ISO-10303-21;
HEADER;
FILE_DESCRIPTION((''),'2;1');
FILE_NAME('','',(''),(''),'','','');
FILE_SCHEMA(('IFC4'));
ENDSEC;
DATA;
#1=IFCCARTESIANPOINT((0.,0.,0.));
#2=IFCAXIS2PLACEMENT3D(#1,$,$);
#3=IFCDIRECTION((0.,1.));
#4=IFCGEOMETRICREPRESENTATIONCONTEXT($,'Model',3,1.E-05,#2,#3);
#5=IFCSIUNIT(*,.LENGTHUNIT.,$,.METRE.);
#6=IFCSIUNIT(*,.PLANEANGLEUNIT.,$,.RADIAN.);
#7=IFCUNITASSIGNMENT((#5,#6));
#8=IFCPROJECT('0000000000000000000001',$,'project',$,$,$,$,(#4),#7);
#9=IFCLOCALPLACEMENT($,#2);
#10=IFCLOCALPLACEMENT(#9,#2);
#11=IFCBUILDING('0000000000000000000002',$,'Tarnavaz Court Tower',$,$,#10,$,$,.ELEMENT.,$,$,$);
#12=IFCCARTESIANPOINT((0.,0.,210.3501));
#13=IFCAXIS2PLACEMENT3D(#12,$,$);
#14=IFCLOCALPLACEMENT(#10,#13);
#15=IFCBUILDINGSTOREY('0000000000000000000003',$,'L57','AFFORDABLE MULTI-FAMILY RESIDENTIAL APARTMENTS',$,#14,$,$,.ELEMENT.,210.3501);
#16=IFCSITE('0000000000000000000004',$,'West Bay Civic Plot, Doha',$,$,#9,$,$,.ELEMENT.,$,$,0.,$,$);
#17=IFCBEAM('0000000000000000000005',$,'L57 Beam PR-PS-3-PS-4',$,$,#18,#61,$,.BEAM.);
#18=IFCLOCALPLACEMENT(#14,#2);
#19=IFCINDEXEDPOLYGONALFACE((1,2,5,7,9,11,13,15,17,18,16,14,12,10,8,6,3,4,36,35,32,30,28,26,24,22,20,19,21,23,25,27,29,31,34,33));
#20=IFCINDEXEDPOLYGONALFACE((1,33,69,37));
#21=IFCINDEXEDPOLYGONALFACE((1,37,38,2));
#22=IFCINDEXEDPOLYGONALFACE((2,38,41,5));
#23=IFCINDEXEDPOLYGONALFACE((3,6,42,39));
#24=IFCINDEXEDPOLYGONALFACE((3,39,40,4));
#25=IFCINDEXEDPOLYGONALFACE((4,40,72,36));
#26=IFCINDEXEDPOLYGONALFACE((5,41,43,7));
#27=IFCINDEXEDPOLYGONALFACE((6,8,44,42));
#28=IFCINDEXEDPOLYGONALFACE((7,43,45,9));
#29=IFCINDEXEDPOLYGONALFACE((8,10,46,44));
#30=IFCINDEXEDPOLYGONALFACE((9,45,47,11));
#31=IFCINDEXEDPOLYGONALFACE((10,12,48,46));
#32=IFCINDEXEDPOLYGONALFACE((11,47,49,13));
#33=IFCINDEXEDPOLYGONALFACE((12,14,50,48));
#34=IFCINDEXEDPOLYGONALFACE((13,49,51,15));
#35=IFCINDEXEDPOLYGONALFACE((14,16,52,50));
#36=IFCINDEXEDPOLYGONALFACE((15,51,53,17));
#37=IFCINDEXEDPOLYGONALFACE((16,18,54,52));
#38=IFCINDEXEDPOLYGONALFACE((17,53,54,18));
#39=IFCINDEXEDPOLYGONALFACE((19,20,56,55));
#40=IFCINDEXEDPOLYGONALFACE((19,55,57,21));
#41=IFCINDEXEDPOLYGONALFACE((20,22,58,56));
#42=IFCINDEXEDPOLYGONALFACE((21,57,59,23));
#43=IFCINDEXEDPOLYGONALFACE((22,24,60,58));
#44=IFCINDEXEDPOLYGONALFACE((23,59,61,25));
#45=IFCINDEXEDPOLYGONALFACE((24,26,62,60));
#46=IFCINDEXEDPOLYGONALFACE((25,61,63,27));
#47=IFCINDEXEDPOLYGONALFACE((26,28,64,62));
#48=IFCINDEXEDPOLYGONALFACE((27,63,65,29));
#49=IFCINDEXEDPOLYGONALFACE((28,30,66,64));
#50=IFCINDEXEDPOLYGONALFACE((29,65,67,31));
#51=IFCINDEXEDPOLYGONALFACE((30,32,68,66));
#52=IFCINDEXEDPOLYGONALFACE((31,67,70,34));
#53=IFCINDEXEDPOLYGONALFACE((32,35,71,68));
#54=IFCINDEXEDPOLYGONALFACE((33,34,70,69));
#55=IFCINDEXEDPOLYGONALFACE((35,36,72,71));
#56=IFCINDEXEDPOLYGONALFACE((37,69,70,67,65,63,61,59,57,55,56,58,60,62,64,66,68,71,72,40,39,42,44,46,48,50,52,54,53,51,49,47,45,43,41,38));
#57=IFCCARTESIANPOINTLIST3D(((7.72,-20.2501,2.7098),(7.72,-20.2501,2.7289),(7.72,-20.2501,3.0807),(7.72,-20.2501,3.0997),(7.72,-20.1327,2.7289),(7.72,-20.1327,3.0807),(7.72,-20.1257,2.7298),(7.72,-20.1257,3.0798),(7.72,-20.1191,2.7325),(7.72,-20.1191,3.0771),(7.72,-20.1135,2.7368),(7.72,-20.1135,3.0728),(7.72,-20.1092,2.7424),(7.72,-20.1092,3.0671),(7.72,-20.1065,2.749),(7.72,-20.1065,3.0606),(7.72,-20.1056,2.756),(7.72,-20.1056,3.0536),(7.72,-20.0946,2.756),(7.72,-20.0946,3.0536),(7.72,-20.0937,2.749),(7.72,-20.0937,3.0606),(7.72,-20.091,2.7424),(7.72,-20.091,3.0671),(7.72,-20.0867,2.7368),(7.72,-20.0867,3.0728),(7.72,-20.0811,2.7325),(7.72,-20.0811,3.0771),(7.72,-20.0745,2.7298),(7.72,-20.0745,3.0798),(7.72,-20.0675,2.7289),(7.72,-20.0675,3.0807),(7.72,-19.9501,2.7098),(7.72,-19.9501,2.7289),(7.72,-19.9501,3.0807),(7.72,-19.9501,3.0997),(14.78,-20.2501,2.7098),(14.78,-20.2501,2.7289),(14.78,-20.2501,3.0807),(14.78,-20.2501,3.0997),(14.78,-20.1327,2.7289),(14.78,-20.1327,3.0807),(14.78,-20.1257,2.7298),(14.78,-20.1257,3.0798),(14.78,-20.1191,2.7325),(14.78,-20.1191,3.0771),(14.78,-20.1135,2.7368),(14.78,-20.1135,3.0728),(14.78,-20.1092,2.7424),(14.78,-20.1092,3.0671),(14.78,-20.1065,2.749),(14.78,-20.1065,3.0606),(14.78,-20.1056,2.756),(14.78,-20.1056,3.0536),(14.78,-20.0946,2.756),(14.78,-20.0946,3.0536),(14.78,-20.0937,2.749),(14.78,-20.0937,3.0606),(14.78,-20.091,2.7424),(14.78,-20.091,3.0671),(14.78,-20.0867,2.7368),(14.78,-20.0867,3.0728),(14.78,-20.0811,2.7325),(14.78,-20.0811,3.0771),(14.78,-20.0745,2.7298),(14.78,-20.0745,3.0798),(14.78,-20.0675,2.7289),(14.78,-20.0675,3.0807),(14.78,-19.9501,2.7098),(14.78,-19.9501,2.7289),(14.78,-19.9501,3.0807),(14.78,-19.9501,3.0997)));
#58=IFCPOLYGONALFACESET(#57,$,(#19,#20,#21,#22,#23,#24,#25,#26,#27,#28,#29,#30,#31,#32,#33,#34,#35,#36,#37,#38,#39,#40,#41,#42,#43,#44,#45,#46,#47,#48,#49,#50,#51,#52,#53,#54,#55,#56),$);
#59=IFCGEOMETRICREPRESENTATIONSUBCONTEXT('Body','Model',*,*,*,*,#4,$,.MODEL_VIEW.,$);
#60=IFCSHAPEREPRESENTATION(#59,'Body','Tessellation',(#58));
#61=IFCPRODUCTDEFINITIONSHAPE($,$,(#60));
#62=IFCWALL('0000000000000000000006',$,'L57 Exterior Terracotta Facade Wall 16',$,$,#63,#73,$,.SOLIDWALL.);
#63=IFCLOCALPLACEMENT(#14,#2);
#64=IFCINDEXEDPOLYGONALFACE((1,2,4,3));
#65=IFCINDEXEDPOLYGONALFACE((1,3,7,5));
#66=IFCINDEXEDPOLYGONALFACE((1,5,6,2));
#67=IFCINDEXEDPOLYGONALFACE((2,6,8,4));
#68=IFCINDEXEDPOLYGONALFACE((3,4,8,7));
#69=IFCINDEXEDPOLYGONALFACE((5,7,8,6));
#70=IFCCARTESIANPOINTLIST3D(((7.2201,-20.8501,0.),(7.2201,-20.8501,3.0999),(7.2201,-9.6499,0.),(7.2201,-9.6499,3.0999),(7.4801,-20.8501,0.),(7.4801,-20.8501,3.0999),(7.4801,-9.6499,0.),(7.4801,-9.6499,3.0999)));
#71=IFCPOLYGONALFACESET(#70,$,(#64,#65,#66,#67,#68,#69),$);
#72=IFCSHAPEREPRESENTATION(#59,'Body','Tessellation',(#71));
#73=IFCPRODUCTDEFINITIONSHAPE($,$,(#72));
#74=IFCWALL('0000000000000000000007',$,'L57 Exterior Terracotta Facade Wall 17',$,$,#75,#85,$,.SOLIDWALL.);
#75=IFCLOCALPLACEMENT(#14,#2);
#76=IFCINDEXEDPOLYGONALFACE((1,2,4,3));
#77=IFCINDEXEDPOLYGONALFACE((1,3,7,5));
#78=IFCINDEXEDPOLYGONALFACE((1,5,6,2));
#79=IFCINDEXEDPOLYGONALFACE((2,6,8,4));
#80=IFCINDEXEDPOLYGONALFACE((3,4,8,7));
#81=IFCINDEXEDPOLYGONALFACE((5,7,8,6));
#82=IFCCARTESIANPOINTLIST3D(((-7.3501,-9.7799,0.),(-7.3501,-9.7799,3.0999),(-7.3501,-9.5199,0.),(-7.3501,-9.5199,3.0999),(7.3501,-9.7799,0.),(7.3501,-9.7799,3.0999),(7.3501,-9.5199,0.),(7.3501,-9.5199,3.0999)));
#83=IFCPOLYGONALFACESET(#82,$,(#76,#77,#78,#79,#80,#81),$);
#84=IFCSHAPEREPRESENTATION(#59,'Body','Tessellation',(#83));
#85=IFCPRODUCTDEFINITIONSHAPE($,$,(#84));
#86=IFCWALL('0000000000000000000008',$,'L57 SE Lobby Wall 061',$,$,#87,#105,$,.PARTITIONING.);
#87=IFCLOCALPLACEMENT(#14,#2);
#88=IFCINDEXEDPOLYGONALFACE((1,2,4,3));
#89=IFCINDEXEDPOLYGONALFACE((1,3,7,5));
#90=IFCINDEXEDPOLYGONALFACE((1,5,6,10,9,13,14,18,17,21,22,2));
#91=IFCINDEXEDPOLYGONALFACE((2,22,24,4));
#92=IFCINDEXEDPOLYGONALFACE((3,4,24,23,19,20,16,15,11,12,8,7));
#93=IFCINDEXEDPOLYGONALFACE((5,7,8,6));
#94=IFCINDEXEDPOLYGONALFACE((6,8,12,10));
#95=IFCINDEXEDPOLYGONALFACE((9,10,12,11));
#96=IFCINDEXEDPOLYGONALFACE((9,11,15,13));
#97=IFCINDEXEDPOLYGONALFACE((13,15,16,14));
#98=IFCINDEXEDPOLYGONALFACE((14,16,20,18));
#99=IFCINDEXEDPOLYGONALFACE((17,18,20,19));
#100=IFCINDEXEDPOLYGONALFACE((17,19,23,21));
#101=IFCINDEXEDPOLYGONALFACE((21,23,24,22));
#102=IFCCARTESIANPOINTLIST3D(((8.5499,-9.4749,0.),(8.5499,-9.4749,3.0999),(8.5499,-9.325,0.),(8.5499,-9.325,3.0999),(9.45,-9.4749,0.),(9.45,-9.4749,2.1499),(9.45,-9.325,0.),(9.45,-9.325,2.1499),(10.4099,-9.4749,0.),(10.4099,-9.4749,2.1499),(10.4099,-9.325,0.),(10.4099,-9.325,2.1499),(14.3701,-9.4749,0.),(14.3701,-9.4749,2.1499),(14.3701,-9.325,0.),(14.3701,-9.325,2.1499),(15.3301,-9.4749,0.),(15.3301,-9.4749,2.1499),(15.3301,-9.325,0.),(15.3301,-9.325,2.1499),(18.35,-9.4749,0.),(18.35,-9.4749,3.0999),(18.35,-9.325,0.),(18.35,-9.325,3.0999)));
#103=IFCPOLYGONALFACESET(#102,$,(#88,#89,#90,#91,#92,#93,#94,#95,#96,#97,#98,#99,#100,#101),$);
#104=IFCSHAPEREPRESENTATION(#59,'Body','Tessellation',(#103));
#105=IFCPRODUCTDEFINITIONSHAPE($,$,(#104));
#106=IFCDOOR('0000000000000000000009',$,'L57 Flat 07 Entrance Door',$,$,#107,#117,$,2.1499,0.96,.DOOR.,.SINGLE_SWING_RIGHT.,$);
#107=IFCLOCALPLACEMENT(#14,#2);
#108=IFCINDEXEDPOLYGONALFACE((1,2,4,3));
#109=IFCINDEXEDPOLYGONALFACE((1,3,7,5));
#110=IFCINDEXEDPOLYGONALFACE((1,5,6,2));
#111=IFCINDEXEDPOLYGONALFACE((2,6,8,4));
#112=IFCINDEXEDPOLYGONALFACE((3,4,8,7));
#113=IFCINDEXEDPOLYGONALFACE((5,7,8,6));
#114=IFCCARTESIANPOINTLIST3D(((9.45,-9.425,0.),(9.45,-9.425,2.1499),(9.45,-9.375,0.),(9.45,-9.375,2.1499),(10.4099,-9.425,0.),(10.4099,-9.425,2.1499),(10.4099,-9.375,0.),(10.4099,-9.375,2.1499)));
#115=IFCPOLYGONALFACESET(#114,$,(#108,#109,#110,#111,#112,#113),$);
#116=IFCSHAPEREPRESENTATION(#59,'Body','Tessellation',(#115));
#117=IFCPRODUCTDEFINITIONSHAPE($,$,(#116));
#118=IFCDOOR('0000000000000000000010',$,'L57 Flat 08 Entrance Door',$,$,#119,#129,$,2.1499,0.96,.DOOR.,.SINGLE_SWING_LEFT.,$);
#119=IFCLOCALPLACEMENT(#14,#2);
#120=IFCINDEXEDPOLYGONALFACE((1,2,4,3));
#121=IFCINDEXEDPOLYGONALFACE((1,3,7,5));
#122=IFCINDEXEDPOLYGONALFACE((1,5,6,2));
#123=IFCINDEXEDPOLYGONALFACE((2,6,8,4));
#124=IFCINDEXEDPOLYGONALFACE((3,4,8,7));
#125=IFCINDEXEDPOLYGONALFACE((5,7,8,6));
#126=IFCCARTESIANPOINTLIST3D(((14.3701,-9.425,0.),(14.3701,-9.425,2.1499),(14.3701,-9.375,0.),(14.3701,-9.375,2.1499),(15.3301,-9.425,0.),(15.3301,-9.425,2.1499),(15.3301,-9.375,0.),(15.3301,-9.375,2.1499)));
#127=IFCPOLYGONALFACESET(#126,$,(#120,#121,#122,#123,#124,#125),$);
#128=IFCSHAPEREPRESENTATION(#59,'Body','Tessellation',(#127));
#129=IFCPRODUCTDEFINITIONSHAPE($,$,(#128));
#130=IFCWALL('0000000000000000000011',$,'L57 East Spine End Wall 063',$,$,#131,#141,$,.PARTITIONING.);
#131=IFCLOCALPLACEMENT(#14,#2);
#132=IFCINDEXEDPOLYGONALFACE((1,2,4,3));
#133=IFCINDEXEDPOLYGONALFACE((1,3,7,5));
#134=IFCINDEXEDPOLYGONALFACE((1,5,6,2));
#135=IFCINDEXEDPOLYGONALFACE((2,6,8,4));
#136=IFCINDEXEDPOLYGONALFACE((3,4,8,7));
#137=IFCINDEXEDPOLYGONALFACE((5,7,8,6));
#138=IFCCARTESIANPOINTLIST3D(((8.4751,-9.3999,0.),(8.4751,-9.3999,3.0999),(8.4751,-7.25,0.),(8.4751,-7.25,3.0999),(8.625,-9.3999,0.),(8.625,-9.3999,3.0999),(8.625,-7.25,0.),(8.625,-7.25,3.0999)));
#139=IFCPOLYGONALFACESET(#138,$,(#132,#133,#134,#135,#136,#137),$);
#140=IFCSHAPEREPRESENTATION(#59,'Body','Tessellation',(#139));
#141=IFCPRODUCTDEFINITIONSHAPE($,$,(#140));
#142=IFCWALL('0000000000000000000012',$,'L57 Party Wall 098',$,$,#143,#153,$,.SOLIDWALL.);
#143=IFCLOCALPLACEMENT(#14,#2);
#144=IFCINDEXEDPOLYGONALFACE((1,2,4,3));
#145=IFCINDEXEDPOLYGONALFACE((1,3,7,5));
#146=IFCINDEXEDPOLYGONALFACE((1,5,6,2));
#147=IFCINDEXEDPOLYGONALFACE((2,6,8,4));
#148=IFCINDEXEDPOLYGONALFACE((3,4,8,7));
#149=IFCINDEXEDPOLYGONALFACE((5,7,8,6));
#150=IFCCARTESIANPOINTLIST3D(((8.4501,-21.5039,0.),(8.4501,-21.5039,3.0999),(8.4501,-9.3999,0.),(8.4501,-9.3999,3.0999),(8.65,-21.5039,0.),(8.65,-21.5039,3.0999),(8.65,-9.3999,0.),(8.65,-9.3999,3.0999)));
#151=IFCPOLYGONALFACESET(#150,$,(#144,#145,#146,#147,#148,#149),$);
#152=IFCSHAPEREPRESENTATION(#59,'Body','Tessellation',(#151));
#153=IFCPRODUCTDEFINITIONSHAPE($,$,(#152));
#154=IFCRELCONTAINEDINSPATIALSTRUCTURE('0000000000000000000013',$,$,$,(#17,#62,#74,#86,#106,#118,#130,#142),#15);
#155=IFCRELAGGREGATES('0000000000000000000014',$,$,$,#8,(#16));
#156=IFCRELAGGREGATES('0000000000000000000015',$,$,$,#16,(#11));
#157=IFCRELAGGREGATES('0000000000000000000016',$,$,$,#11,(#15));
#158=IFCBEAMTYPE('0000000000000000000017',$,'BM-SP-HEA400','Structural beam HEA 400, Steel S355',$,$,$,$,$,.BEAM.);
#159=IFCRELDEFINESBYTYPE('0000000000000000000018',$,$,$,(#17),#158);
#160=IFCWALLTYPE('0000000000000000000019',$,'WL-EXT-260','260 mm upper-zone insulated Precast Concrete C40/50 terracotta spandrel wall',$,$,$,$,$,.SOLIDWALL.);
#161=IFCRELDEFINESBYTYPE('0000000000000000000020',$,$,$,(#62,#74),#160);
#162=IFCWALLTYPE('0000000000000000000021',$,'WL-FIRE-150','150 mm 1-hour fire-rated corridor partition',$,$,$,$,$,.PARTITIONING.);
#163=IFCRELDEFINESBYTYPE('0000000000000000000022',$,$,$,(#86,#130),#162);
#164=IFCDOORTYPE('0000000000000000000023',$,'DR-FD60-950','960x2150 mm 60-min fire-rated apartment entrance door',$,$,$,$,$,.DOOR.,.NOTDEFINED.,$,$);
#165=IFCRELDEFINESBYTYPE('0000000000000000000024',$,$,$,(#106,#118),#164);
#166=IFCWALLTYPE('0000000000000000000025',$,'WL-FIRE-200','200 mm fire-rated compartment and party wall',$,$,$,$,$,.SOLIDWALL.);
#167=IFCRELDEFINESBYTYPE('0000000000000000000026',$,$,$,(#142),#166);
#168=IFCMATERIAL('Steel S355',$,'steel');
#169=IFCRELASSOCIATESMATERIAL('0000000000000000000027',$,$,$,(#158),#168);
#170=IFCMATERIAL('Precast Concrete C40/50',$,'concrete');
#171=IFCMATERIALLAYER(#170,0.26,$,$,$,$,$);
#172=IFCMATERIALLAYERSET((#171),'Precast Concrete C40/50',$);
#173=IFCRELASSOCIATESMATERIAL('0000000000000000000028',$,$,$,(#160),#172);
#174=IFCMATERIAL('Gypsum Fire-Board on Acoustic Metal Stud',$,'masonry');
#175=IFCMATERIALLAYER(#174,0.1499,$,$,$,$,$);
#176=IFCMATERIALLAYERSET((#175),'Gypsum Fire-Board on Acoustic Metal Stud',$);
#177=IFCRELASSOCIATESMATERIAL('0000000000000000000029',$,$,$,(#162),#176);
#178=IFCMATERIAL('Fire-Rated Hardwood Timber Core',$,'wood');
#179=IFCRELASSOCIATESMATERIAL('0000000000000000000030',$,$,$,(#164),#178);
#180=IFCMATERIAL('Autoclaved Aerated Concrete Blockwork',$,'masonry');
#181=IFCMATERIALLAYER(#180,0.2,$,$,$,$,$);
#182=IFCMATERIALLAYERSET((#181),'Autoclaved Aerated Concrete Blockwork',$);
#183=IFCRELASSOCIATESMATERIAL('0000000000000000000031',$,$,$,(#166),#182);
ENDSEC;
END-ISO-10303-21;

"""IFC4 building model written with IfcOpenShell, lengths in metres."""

from ifc_helpers import new_model, si_unit, direction, frame, frame_2d, origin, origin_2d, place, context, subcontext, project, spatial, rectangle, i_section, extrude, material, layer, layer_set, material_profile, profile_set, type_object, element, fill, save


model = new_model("IFC4")

# Units and contexts
model_context = context("Model", 3, precision=1e-05, world=origin(), true_north=direction((0.0, 1.0)))
body_context = subcontext(model_context, "Body", "Model", "MODEL_VIEW")
ifc_project = project(units=[si_unit("LENGTHUNIT", "METRE"), si_unit("PLANEANGLEUNIT", "RADIAN")], contexts=[model_context])

# Site, building, storey
site_placement = place(None, origin())
site = spatial("IfcSite", under=ifc_project, at=site_placement, Name="West Bay Civic Plot, Doha", CompositionType="ELEMENT", RefElevation=0.0)
building_placement = place(site_placement, origin())
building = spatial("IfcBuilding", under=site, at=building_placement, Name="Tarnavaz Court Tower", CompositionType="ELEMENT")
storey_placement = place(building_placement, frame((0.0, 0.0, 210.3501)))
storey = spatial("IfcBuildingStorey", under=building, at=storey_placement, Name="L57", Description="AFFORDABLE MULTI-FAMILY RESIDENTIAL APARTMENTS", CompositionType="ELEMENT", Elevation=210.3501)

# Beam
ifc_material_1 = material(Name="Steel S355", Category="steel")
ifc_material_profile_1 = material_profile(ifc_material_1, i_section(OverallWidth=0.3, OverallDepth=0.3899, WebThickness=0.011, FlangeThickness=0.019, FilletRadius=0.0271, at=origin_2d()), Name="HEA 400")
ifc_profile_set_1 = profile_set([ifc_material_profile_1], Name="Steel S355")
beam_type_1 = type_object("IfcBeamType", Name="BM-SP-HEA400", Description="Structural beam HEA 400, Steel S355", PredefinedType="BEAM", material=ifc_profile_set_1)
beam_1_placement = place(storey_placement, frame((7.72, -20.1001, 2.9048), z_axis=(1.0, 0.0, 0.0), x_axis=(0.0, 1.0, 0.0)))
element("IfcBeam", 1, at=beam_1_placement, inside=storey, type_object=beam_type_1, Name="L57 Beam PR-PS-3-PS-4", PredefinedType="BEAM", context=body_context, shape_type="SweptSolid", body=[
    extrude(i_section(OverallWidth=0.3, OverallDepth=0.3899, WebThickness=0.011, FlangeThickness=0.019, FilletRadius=0.0271, at=origin_2d()), origin(), (0.0, 0.0, 1.0), 7.0601),
])

# Walls
ifc_material_2 = material(Name="Precast Concrete C40/50", Category="concrete")
ifc_layer_1 = layer(ifc_material_2, 0.26)
ifc_layer_set_1 = layer_set([ifc_layer_1], Name="Precast Concrete C40/50")
wall_type_1 = type_object("IfcWallType", Name="WL-EXT-260", Description="260 mm upper-zone insulated Precast Concrete C40/50 terracotta spandrel wall", PredefinedType="SOLIDWALL", material=ifc_layer_set_1)
wall_1_placement = place(storey_placement, frame((7.3501, -20.8501, 0.0), z_axis=(0.0, 0.0, 1.0), x_axis=(0.0, 1.0, 0.0)))
element("IfcWall", 2, at=wall_1_placement, inside=storey, type_object=wall_type_1, Name="L57 Exterior Terracotta Facade Wall 16", PredefinedType="SOLIDWALL", context=body_context, shape_type="SweptSolid", body=[
    extrude(rectangle(XDim=11.2002, YDim=0.26, at=frame_2d((5.6001, 0.0))), origin(), (0.0, 0.0, 1.0), 3.0999),
])
wall_2_placement = place(storey_placement, frame((7.3501, -9.6499, 0.0), z_axis=(0.0, 0.0, 1.0), x_axis=(-1.0, 0.0, 0.0)))
element("IfcWall", 3, at=wall_2_placement, inside=storey, type_object=wall_type_1, Name="L57 Exterior Terracotta Facade Wall 17", PredefinedType="SOLIDWALL", context=body_context, shape_type="SweptSolid", body=[
    extrude(rectangle(XDim=14.7002, YDim=0.26, at=frame_2d((7.3501, 0.0))), origin(), (0.0, 0.0, 1.0), 3.0999),
])

# Wall, openings, doors
ifc_material_3 = material(Name="Gypsum Fire-Board on Acoustic Metal Stud", Category="masonry")
ifc_layer_2 = layer(ifc_material_3, 0.1499)
ifc_layer_set_2 = layer_set([ifc_layer_2], Name="Gypsum Fire-Board on Acoustic Metal Stud")
wall_type_2 = type_object("IfcWallType", Name="WL-FIRE-150", Description="150 mm 1-hour fire-rated corridor partition", PredefinedType="PARTITIONING", material=ifc_layer_set_2)
wall_3_placement = place(storey_placement, frame((8.55, -9.3999, 0.0), z_axis=(0.0, 0.0, 1.0), x_axis=(1.0, 0.0, 0.0)))
wall_3 = element("IfcWall", 4, at=wall_3_placement, inside=storey, type_object=wall_type_2, Name="L57 SE Lobby Wall 061", PredefinedType="PARTITIONING", context=body_context, shape_type="SweptSolid", body=[
    extrude(rectangle(XDim=9.8, YDim=0.1499, at=frame_2d((4.8999, 0.0))), origin(), (0.0, 0.0, 1.0), 3.0999),
])
opening_1_placement = place(wall_3_placement, frame((0.8999, 0.0, 0.0)))
opening_1 = element("IfcOpeningElement", 5, at=opening_1_placement, cuts=wall_3, PredefinedType="OPENING", context=body_context, shape_type="SweptSolid", body=[
    extrude(rectangle(XDim=0.96, YDim=2.1499, at=frame_2d((0.48, 1.075))), frame((0.0, 0.085, 0.0), z_axis=(0.0, -1.0, 0.0), x_axis=(1.0, 0.0, 0.0)), (0.0, 0.0, 1.0), 0.1699),
])
opening_2_placement = place(wall_3_placement, frame((5.8201, 0.0, 0.0)))
opening_2 = element("IfcOpeningElement", 6, at=opening_2_placement, cuts=wall_3, PredefinedType="OPENING", context=body_context, shape_type="SweptSolid", body=[
    extrude(rectangle(XDim=0.96, YDim=2.1499, at=frame_2d((0.48, 1.075))), frame((0.0, 0.085, 0.0), z_axis=(0.0, -1.0, 0.0), x_axis=(1.0, 0.0, 0.0)), (0.0, 0.0, 1.0), 0.1699),
])
ifc_material_4 = material(Name="Fire-Rated Hardwood Timber Core", Category="wood")
door_type_1 = type_object("IfcDoorType", Name="DR-FD60-950", Description="960x2150 mm 60-min fire-rated apartment entrance door", OperationType="NOTDEFINED", PredefinedType="DOOR", material=ifc_material_4)
door_1_placement = place(opening_1_placement, origin())
door_1 = element("IfcDoor", 7, at=door_1_placement, inside=storey, type_object=door_type_1, Name="L57 Flat 07 Entrance Door", OperationType="SINGLE_SWING_RIGHT", OverallHeight=2.1499, OverallWidth=0.96, PredefinedType="DOOR", context=body_context, shape_type="SweptSolid", body=[
    extrude(rectangle(XDim=0.96, YDim=2.1499, at=frame_2d((0.48, 1.075))), frame((0.0, 0.0249, 0.0), z_axis=(0.0, -1.0, 0.0), x_axis=(1.0, 0.0, 0.0)), (0.0, 0.0, 1.0), 0.05),
])
fill(opening_1, door_1)
door_2_placement = place(opening_2_placement, origin())
door_2 = element("IfcDoor", 8, at=door_2_placement, inside=storey, type_object=door_type_1, Name="L57 Flat 08 Entrance Door", OperationType="SINGLE_SWING_LEFT", OverallHeight=2.1499, OverallWidth=0.96, PredefinedType="DOOR", context=body_context, shape_type="SweptSolid", body=[
    extrude(rectangle(XDim=0.96, YDim=2.1499, at=frame_2d((0.48, 1.075))), frame((0.0, 0.0249, 0.0), z_axis=(0.0, -1.0, 0.0), x_axis=(1.0, 0.0, 0.0)), (0.0, 0.0, 1.0), 0.05),
])
fill(opening_2, door_2)

# Walls
wall_4_placement = place(storey_placement, frame((8.55, -9.3999, 0.0), z_axis=(0.0, 0.0, 1.0), x_axis=(0.0, 1.0, 0.0)))
element("IfcWall", 9, at=wall_4_placement, inside=storey, type_object=wall_type_2, Name="L57 East Spine End Wall 063", PredefinedType="PARTITIONING", context=body_context, shape_type="SweptSolid", body=[
    extrude(rectangle(XDim=2.1499, YDim=0.1499, at=frame_2d((1.075, 0.0))), origin(), (0.0, 0.0, 1.0), 3.0999),
])
ifc_material_5 = material(Name="Autoclaved Aerated Concrete Blockwork", Category="masonry")
ifc_layer_3 = layer(ifc_material_5, 0.2)
ifc_layer_set_3 = layer_set([ifc_layer_3], Name="Autoclaved Aerated Concrete Blockwork")
wall_type_3 = type_object("IfcWallType", Name="WL-FIRE-200", Description="200 mm fire-rated compartment and party wall", PredefinedType="SOLIDWALL", material=ifc_layer_set_3)
wall_5_placement = place(storey_placement, frame((8.55, -21.5039, 0.0), z_axis=(0.0, 0.0, 1.0), x_axis=(0.0, 1.0, 0.0)))
element("IfcWall", 10, at=wall_5_placement, inside=storey, type_object=wall_type_3, Name="L57 Party Wall 098", PredefinedType="SOLIDWALL", context=body_context, shape_type="SweptSolid", body=[
    extrude(rectangle(XDim=12.104, YDim=0.2, at=frame_2d((6.052, 0.0))), origin(), (0.0, 0.0, 1.0), 3.0999),
])

save(model, "model.ifc")
